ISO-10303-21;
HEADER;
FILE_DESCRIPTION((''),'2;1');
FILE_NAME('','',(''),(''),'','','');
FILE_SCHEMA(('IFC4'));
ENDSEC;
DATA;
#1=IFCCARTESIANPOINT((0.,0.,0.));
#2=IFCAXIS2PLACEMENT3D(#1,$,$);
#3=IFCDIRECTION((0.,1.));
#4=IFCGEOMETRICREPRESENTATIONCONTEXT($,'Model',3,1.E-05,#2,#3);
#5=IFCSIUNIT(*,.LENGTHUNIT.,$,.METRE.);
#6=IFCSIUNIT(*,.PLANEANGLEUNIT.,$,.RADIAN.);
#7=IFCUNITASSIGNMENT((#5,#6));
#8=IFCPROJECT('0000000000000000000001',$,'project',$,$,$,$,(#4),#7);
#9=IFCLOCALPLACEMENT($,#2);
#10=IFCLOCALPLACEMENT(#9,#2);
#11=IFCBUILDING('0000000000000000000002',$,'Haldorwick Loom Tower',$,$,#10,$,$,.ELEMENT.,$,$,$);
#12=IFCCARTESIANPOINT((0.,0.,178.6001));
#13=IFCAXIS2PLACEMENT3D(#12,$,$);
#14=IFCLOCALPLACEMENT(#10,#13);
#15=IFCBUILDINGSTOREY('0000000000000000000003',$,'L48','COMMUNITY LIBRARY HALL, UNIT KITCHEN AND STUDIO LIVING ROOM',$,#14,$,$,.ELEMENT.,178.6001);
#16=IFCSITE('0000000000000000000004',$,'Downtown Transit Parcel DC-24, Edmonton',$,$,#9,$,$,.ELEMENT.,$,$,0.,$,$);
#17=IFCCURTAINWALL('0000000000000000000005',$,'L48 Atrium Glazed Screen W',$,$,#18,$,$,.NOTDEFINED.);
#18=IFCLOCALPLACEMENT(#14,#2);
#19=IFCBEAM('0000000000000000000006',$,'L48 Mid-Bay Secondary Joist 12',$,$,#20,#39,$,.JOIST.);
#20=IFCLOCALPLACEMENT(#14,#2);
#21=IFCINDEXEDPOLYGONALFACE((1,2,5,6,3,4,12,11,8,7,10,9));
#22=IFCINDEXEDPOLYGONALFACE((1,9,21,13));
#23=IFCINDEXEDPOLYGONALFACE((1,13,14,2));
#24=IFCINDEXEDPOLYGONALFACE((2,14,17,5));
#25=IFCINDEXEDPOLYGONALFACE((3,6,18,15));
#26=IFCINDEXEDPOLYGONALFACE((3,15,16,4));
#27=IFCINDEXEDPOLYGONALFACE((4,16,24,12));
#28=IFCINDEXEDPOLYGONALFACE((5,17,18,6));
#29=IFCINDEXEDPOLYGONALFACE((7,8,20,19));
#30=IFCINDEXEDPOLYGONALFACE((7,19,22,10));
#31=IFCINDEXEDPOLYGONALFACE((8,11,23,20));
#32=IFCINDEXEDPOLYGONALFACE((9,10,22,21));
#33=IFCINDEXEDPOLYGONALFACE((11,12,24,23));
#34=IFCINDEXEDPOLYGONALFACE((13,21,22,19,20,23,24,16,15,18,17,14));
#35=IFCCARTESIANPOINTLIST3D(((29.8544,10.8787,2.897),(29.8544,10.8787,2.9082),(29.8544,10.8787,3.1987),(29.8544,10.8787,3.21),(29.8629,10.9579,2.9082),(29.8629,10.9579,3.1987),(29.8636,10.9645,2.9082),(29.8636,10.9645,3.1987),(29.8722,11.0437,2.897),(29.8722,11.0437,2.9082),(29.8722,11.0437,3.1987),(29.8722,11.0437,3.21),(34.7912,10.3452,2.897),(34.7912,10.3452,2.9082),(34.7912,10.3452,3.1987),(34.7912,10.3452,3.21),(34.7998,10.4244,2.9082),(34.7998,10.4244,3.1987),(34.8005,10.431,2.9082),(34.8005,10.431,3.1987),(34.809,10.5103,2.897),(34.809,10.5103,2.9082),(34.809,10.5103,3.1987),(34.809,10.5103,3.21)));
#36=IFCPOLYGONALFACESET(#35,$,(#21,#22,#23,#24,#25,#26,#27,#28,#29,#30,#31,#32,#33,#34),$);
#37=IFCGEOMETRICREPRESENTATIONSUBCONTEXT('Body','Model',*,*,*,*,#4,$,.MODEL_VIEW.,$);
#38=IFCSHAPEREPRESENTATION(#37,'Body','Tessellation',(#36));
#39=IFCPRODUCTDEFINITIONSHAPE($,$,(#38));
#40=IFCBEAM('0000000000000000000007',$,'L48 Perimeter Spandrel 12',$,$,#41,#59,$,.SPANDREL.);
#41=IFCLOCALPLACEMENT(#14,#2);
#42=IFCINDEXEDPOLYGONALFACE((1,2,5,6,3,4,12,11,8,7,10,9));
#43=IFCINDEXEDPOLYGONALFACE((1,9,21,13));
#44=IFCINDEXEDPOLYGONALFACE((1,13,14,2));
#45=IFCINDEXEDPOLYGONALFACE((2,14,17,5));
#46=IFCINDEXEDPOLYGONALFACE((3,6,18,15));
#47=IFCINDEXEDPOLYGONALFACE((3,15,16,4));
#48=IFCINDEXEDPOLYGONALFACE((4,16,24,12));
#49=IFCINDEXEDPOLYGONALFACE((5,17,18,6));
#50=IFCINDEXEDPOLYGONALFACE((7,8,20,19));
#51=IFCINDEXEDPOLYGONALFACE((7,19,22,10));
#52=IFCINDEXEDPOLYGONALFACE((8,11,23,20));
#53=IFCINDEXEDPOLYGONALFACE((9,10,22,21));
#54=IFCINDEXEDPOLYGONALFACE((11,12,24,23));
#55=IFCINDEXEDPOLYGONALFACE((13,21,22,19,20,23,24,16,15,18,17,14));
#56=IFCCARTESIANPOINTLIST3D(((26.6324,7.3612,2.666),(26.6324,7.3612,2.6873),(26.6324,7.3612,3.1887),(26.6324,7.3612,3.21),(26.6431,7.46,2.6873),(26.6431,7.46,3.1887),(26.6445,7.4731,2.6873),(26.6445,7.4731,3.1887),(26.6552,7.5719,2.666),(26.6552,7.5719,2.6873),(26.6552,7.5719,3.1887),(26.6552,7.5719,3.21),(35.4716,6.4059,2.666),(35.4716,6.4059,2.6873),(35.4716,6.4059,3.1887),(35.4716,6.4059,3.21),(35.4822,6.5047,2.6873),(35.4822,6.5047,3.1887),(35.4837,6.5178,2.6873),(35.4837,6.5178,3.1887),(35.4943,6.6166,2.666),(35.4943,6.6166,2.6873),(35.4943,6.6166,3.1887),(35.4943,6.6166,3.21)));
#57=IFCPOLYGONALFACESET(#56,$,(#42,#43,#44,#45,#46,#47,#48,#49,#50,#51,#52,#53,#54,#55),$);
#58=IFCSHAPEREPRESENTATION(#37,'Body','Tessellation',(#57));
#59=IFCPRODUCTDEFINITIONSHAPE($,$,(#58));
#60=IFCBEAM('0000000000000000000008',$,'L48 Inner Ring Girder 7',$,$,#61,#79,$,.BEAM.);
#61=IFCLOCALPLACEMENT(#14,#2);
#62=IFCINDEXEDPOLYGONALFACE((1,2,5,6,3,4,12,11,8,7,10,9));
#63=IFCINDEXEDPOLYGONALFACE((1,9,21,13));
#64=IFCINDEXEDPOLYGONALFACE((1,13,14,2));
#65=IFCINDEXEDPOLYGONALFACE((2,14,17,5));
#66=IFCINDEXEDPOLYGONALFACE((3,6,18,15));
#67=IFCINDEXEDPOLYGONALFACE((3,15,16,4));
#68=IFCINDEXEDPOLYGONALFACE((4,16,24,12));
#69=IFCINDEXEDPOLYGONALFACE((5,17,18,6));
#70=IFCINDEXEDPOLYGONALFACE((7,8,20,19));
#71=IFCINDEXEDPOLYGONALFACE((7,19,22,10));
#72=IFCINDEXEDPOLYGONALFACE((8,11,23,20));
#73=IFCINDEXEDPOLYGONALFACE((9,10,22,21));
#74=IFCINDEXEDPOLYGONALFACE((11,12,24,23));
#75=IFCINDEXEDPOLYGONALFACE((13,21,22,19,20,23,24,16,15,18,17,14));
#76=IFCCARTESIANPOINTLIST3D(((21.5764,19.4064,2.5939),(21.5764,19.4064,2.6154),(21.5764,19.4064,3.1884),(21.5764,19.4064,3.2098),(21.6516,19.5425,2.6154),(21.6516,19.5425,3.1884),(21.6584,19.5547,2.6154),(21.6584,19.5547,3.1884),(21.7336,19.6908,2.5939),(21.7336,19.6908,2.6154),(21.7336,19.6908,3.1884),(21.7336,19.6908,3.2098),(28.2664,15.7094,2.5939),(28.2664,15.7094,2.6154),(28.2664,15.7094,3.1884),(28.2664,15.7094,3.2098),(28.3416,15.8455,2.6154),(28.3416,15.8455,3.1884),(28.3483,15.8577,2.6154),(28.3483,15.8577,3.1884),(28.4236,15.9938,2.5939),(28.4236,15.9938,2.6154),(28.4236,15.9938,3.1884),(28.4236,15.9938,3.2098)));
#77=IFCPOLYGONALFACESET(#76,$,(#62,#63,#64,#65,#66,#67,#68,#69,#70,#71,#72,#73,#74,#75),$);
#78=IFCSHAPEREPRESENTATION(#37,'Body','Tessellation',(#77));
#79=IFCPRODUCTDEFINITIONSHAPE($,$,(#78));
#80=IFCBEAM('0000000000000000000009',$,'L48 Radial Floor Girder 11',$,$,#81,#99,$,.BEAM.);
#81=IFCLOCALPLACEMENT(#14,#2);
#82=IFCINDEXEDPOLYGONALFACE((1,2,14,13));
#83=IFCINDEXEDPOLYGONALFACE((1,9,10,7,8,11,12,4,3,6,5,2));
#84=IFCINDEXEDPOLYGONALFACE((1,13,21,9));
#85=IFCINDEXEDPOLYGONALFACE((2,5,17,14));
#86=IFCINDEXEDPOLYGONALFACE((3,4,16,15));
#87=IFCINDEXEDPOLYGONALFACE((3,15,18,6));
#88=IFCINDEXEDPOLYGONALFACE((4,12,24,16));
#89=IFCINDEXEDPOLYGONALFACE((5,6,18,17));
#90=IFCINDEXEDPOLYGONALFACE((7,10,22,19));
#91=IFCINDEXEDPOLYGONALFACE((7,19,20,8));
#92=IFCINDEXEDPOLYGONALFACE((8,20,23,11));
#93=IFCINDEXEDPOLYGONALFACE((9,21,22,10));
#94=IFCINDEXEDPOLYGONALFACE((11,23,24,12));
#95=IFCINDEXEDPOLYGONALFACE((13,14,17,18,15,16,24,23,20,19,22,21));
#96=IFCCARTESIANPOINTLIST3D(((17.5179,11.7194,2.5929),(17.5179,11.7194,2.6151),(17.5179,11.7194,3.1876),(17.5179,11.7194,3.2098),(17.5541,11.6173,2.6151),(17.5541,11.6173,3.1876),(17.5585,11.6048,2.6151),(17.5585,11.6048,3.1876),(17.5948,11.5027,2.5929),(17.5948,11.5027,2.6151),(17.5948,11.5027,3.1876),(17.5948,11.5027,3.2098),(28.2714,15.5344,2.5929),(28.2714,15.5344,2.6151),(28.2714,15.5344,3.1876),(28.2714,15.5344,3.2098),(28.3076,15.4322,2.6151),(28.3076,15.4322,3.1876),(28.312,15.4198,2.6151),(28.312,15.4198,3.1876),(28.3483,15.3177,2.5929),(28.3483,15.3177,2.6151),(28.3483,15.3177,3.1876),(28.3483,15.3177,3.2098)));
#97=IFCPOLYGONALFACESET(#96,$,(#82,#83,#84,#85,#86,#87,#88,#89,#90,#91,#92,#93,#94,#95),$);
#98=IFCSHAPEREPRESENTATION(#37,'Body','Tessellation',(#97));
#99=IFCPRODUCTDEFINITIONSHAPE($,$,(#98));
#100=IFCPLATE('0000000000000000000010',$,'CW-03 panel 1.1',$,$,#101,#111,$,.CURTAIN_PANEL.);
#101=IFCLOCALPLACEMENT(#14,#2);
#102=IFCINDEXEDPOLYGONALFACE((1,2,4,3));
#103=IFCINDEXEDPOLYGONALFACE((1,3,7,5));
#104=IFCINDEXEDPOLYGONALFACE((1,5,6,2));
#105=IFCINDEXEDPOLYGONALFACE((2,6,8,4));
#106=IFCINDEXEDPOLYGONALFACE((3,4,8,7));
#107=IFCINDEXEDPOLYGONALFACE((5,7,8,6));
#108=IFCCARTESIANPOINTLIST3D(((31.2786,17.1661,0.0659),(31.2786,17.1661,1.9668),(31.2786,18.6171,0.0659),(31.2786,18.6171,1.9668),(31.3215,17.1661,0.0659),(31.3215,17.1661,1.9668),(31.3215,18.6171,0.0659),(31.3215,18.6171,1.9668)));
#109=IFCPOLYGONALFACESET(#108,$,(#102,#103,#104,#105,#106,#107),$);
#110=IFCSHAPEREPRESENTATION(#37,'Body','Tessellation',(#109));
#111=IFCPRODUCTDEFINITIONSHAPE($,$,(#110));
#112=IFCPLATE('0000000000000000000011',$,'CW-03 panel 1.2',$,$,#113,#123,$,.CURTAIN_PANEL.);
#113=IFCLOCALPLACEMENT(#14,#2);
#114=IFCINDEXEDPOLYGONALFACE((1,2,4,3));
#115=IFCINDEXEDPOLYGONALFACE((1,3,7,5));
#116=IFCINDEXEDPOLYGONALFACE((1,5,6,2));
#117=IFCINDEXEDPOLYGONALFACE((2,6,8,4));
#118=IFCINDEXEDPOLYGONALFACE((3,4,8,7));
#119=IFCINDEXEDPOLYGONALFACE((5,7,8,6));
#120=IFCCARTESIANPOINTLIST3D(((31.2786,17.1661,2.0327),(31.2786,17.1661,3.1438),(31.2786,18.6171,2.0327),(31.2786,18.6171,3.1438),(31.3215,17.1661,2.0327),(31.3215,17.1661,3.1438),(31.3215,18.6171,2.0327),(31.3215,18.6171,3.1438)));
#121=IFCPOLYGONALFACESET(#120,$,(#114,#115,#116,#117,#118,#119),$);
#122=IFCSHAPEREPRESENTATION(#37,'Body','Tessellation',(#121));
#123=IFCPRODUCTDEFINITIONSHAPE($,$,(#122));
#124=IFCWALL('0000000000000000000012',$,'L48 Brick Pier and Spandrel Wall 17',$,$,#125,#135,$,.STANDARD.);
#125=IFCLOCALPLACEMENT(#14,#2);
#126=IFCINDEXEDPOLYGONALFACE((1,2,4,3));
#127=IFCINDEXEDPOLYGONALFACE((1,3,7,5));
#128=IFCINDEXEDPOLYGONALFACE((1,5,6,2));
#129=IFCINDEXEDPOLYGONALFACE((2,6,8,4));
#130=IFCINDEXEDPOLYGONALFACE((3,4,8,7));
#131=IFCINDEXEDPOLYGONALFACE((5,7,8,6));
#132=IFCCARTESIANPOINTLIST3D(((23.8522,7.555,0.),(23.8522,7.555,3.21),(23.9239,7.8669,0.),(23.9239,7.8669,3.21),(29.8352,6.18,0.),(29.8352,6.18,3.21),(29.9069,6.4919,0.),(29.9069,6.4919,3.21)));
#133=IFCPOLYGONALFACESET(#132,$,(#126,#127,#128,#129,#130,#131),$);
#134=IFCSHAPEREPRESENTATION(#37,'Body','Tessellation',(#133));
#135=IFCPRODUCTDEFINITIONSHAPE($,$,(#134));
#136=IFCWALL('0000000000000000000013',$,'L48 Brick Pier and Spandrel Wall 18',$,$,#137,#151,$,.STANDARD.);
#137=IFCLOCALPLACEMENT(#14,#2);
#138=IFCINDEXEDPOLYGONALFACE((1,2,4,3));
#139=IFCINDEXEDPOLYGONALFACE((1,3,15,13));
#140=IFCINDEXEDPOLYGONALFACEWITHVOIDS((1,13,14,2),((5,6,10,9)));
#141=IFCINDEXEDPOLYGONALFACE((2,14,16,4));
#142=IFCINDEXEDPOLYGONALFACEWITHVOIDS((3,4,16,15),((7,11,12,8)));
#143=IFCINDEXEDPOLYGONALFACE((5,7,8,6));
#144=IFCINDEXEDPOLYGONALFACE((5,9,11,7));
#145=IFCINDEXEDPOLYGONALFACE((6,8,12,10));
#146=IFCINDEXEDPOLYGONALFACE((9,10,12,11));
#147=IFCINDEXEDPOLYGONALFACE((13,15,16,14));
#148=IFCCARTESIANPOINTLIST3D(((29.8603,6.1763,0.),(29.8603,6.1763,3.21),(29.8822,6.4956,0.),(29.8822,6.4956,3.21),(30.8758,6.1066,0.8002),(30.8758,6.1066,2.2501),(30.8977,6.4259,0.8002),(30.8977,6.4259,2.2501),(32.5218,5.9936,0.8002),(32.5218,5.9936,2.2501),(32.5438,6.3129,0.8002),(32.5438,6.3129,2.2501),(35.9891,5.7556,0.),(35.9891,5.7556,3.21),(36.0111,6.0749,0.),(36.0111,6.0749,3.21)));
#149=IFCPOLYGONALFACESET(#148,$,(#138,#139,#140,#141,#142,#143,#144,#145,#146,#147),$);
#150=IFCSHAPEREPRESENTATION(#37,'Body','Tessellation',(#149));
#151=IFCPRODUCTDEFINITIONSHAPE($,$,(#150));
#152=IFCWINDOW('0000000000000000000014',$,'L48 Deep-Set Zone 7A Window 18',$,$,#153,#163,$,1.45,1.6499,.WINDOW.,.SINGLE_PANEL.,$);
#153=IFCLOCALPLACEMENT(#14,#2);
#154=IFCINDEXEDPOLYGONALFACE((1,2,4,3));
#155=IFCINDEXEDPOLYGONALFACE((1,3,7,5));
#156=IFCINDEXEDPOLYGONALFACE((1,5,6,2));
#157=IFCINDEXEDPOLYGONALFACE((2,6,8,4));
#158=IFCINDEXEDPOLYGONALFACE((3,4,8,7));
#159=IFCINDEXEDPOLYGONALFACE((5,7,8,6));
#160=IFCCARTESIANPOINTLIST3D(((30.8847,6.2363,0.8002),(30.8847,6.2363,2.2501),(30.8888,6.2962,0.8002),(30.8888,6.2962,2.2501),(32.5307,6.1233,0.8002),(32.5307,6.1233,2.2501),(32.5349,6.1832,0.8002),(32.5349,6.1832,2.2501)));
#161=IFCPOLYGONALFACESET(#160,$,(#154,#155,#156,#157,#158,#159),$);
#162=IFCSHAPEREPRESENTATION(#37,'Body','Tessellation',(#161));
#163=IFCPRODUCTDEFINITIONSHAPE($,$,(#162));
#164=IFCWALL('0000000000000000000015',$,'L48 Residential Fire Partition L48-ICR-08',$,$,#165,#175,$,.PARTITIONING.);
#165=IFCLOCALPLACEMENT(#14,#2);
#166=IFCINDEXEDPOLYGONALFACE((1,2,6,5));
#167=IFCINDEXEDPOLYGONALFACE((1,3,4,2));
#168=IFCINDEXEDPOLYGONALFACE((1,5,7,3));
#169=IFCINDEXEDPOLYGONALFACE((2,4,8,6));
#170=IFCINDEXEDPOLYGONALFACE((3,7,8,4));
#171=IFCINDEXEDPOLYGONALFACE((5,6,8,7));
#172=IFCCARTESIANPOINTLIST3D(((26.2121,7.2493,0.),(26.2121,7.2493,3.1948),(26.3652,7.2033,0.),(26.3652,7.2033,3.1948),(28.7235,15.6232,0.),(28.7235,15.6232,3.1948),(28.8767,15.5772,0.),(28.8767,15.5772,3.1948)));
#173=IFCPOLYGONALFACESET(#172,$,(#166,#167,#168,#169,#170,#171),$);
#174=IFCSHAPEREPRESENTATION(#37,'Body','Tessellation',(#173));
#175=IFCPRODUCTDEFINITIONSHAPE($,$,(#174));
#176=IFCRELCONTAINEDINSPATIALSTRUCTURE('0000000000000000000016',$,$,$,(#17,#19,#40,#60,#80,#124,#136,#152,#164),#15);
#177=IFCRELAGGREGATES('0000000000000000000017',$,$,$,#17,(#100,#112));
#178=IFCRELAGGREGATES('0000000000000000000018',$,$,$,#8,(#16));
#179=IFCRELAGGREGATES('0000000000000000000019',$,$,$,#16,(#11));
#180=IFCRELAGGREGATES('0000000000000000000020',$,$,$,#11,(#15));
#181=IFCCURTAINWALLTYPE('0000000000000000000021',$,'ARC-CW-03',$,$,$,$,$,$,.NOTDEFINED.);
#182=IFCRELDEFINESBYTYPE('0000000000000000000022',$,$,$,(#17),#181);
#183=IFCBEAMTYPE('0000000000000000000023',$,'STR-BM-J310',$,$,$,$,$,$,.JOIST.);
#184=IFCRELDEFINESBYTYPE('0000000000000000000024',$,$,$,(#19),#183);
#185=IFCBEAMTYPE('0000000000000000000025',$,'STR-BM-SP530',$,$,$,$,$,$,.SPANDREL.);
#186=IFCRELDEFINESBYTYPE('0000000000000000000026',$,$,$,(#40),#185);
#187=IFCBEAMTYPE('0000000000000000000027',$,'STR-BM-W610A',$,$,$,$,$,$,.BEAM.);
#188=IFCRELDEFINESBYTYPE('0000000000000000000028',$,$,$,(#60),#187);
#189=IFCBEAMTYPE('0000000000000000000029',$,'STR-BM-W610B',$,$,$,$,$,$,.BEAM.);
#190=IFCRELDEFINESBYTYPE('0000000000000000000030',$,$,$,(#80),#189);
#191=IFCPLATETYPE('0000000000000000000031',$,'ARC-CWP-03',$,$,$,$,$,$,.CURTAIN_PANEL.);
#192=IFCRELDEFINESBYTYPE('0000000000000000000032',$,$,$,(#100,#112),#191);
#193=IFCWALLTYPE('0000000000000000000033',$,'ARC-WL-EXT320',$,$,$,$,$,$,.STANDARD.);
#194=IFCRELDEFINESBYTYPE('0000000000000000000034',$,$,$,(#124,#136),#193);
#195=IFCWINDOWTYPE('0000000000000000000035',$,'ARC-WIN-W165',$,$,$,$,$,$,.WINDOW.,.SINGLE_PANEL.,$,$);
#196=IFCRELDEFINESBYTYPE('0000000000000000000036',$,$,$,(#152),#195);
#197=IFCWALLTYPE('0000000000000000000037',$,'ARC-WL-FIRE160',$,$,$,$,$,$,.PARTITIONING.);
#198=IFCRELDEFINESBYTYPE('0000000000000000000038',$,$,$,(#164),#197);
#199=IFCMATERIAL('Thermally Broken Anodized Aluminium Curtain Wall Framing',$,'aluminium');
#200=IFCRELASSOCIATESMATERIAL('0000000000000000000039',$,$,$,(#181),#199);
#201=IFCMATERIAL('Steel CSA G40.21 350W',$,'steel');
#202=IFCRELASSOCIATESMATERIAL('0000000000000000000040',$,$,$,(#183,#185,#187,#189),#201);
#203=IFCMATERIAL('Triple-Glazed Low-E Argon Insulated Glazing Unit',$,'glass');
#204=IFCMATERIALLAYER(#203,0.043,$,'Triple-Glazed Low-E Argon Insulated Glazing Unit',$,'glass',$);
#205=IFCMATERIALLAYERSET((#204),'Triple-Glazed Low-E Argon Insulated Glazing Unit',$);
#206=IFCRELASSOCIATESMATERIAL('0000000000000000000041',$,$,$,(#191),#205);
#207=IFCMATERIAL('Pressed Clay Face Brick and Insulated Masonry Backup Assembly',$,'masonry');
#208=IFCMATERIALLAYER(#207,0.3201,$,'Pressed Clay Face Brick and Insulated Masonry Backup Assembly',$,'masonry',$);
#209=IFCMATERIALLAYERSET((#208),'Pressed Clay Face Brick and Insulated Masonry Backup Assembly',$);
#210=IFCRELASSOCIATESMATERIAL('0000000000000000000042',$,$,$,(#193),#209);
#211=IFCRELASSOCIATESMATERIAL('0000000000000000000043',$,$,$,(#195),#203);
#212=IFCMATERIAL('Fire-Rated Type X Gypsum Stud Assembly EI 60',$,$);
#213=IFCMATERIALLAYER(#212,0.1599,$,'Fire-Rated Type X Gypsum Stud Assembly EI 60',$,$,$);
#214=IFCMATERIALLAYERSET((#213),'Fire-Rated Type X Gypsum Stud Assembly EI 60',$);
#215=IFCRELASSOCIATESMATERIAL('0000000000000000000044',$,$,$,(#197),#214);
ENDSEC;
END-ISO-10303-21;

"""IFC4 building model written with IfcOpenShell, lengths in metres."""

from ifc_helpers import new_model, si_unit, direction, frame, frame_2d, origin, origin_2d, place, context, subcontext, project, spatial, rectangle, i_section, extrude, material, layer, layer_set, material_profile, profile_set, type_object, element, fill, aggregate, save


model = new_model("IFC4")

# Units and contexts
model_context = context("Model", 3, precision=1e-05, world=origin(), true_north=direction((0.0, 1.0)))
body_context = subcontext(model_context, "Body", "Model", "MODEL_VIEW")
ifc_project = project(units=[si_unit("LENGTHUNIT", "METRE"), si_unit("PLANEANGLEUNIT", "RADIAN")], contexts=[model_context])

# Site, building, storey
site_placement = place(None, origin())
site = spatial("IfcSite", under=ifc_project, at=site_placement, Name="Downtown Transit Parcel DC-24, Edmonton", CompositionType="ELEMENT", RefElevation=0.0)
building_placement = place(site_placement, origin())
building = spatial("IfcBuilding", under=site, at=building_placement, Name="Haldorwick Loom Tower", CompositionType="ELEMENT")
storey_placement = place(building_placement, frame((0.0, 0.0, 178.6001)))
storey = spatial("IfcBuildingStorey", under=building, at=storey_placement, Name="L48", Description="COMMUNITY LIBRARY HALL, UNIT KITCHEN AND STUDIO LIVING ROOM", CompositionType="ELEMENT", Elevation=178.6001)

# Curtain wall
ifc_material_1 = material(Name="Thermally Broken Anodized Aluminium Curtain Wall Framing", Category="aluminium")
curtain_wall_type = type_object("IfcCurtainWallType", Name="ARC-CW-03", PredefinedType="NOTDEFINED", material=ifc_material_1)
curtain_wall_placement = place(storey_placement, origin())
curtain_wall = element("IfcCurtainWall", 1, at=curtain_wall_placement, inside=storey, type_object=curtain_wall_type, Name="L48 Atrium Glazed Screen W", PredefinedType="NOTDEFINED")

# Beams
ifc_material_2 = material(Name="Steel CSA G40.21 350W", Category="steel")
ifc_material_profile_1 = material_profile(ifc_material_2, i_section(OverallWidth=0.166, OverallDepth=0.313, WebThickness=0.0066, FlangeThickness=0.0112, at=origin_2d()), Name="W310X45", Category="steel")
ifc_profile_set_1 = profile_set([ifc_material_profile_1], Name="Steel CSA G40.21 350W")
beam_type_1 = type_object("IfcBeamType", Name="STR-BM-J310", PredefinedType="JOIST", material=ifc_profile_set_1)
beam_1_placement = place(storey_placement, frame((29.8633, 10.9612, 3.0535), z_axis=(0.994213, -0.107431, 0.0), x_axis=(0.107431, 0.994213, 0.0)))
element("IfcBeam", 2, at=beam_1_placement, inside=storey, type_object=beam_type_1, Name="L48 Mid-Bay Secondary Joist 12", PredefinedType="JOIST", context=body_context, shape_type="SweptSolid", body=[
    extrude(i_section(OverallWidth=0.166, OverallDepth=0.313, WebThickness=0.0066, FlangeThickness=0.0112, at=origin_2d()), origin(), (0.0, 0.0, 1.0), 4.9656),
])
ifc_material_profile_2 = material_profile(ifc_material_2, i_section(OverallWidth=0.2119, OverallDepth=0.5439, WebThickness=0.0132, FlangeThickness=0.0212, at=origin_2d()), Name="W530X123", Category="steel")
ifc_profile_set_2 = profile_set([ifc_material_profile_2], Name="Steel CSA G40.21 350W")
beam_type_2 = type_object("IfcBeamType", Name="STR-BM-SP530", PredefinedType="SPANDREL", material=ifc_profile_set_2)
beam_2_placement = place(storey_placement, frame((26.6438, 7.4666, 2.938), z_axis=(0.99421, -0.107453, 0.0), x_axis=(0.107453, 0.99421, 0.0)))
element("IfcBeam", 3, at=beam_2_placement, inside=storey, type_object=beam_type_2, Name="L48 Perimeter Spandrel 12", PredefinedType="SPANDREL", context=body_context, shape_type="SweptSolid", body=[
    extrude(i_section(OverallWidth=0.2119, OverallDepth=0.5439, WebThickness=0.0132, FlangeThickness=0.0212, at=origin_2d()), origin(), (0.0, 0.0, 1.0), 8.8906),
])
ifc_material_profile_3 = material_profile(ifc_material_2, i_section(OverallWidth=0.325, OverallDepth=0.616, WebThickness=0.0139, FlangeThickness=0.0215, at=origin_2d()), Name="W610X174", Category="steel")
ifc_profile_set_3 = profile_set([ifc_material_profile_3], Name="Steel CSA G40.21 350W")
beam_type_3 = type_object("IfcBeamType", Name="STR-BM-W610A", PredefinedType="BEAM", material=ifc_profile_set_3)
beam_3_placement = place(storey_placement, frame((28.345, 15.8516, 2.9019), z_axis=(-0.875244, 0.483681, 0.0), x_axis=(-0.483681, -0.875244, 0.0)))
element("IfcBeam", 4, at=beam_3_placement, inside=storey, type_object=beam_type_3, Name="L48 Inner Ring Girder 7", PredefinedType="BEAM", context=body_context, shape_type="SweptSolid", body=[
    extrude(i_section(OverallWidth=0.325, OverallDepth=0.616, WebThickness=0.0139, FlangeThickness=0.0215, at=origin_2d()), origin(), (0.0, 0.0, 1.0), 7.6436),
])
ifc_material_profile_4 = material_profile(ifc_material_2, i_section(OverallWidth=0.23, OverallDepth=0.6169, WebThickness=0.0132, FlangeThickness=0.0222, at=origin_2d()), Name="W610X140", Category="steel")
ifc_profile_set_4 = profile_set([ifc_material_profile_4], Name="Steel CSA G40.21 350W")
beam_type_4 = type_object("IfcBeamType", Name="STR-BM-W610B", PredefinedType="BEAM", material=ifc_profile_set_4)
beam_4_placement = place(storey_placement, frame((28.3098, 15.426, 2.9014), z_axis=(-0.942449, -0.334349, 0.0), x_axis=(0.334349, -0.942449, 0.0)))
element("IfcBeam", 5, at=beam_4_placement, inside=storey, type_object=beam_type_4, Name="L48 Radial Floor Girder 11", PredefinedType="BEAM", context=body_context, shape_type="SweptSolid", body=[
    extrude(i_section(OverallWidth=0.23, OverallDepth=0.6169, WebThickness=0.0132, FlangeThickness=0.0222, at=origin_2d()), origin(), (0.0, 0.0, 1.0), 11.4102),
])

# Plates
ifc_material_3 = material(Name="Triple-Glazed Low-E Argon Insulated Glazing Unit", Category="glass")
ifc_layer_1 = layer(ifc_material_3, 0.043, Name="Triple-Glazed Low-E Argon Insulated Glazing Unit", Category="glass")
ifc_layer_set_1 = layer_set([ifc_layer_1], Name="Triple-Glazed Low-E Argon Insulated Glazing Unit")
plate_type = type_object("IfcPlateType", Name="ARC-CWP-03", PredefinedType="CURTAIN_PANEL", material=ifc_layer_set_1)
plate_1_placement = place(storey_placement, frame((31.3, 17.8916, 0.0659), z_axis=(0.0, 0.0, 1.0), x_axis=(0.0, 1.0, 0.0)))
plate_1 = element("IfcPlate", 6, at=plate_1_placement, type_object=plate_type, Name="CW-03 panel 1.1", PredefinedType="CURTAIN_PANEL", context=body_context, shape_type="SweptSolid", body=[
    extrude(rectangle(XDim=1.4509, YDim=0.043, at=origin_2d()), origin(), (0.0, 0.0, 1.0), 1.9009),
])
plate_2_placement = place(storey_placement, frame((31.3, 17.8916, 2.0327), z_axis=(0.0, 0.0, 1.0), x_axis=(0.0, 1.0, 0.0)))
plate_2 = element("IfcPlate", 7, at=plate_2_placement, type_object=plate_type, Name="CW-03 panel 1.2", PredefinedType="CURTAIN_PANEL", context=body_context, shape_type="SweptSolid", body=[
    extrude(rectangle(XDim=1.4509, YDim=0.043, at=origin_2d()), origin(), (0.0, 0.0, 1.0), 1.1111),
])
aggregate(curtain_wall, [plate_1, plate_2])

# Wall
ifc_material_4 = material(Name="Pressed Clay Face Brick and Insulated Masonry Backup Assembly", Category="masonry")
ifc_layer_2 = layer(ifc_material_4, 0.3201, Name="Pressed Clay Face Brick and Insulated Masonry Backup Assembly", Category="masonry")
ifc_layer_set_2 = layer_set([ifc_layer_2], Name="Pressed Clay Face Brick and Insulated Masonry Backup Assembly")
wall_type_1 = type_object("IfcWallType", Name="ARC-WL-EXT320", PredefinedType="STANDARD", material=ifc_layer_set_2)
wall_1_placement = place(storey_placement, frame((23.8882, 7.7109, 0.0), z_axis=(0.0, 0.0, 1.0), x_axis=(0.974593, -0.223982, 0.0)))
element("IfcWall", 8, at=wall_1_placement, inside=storey, type_object=wall_type_1, Name="L48 Brick Pier and Spandrel Wall 17", PredefinedType="STANDARD", context=body_context, shape_type="SweptSolid", body=[
    extrude(rectangle(XDim=6.1389, YDim=0.3201, at=frame_2d((3.0693, 0.0))), origin(), (0.0, 0.0, 1.0), 3.21),
])

# Wall, opening, window
wall_2_placement = place(storey_placement, frame((29.8711, 6.3359, 0.0), z_axis=(0.0, 0.0, 1.0), x_axis=(0.997653, -0.068473, 0.0)))
wall_2 = element("IfcWall", 9, at=wall_2_placement, inside=storey, type_object=wall_type_1, Name="L48 Brick Pier and Spandrel Wall 18", PredefinedType="STANDARD", context=body_context, shape_type="SweptSolid", body=[
    extrude(rectangle(XDim=6.1433, YDim=0.3201, at=frame_2d((3.0718, 0.0))), origin(), (0.0, 0.0, 1.0), 3.21),
])
opening_placement = place(wall_2_placement, frame((1.0181, 0.0, 0.8)))
opening = element("IfcOpeningElement", 10, at=opening_placement, cuts=wall_2, PredefinedType="OPENING", context=body_context, shape_type="SweptSolid", body=[
    extrude(rectangle(XDim=1.6499, YDim=1.45, at=frame_2d((0.825, 0.7251))), frame((0.0, 0.1699, 0.0), z_axis=(0.0, -1.0, 0.0), x_axis=(1.0, 0.0, 0.0)), (0.0, 0.0, 1.0), 0.3401),
])
window_type = type_object("IfcWindowType", Name="ARC-WIN-W165", PartitioningType="SINGLE_PANEL", PredefinedType="WINDOW", material=ifc_material_3)
window_placement = place(opening_placement, origin())
window = element("IfcWindow", 11, at=window_placement, inside=storey, type_object=window_type, Name="L48 Deep-Set Zone 7A Window 18", OverallHeight=1.45, OverallWidth=1.6499, PartitioningType="SINGLE_PANEL", PredefinedType="WINDOW", context=body_context, shape_type="SweptSolid", body=[
    extrude(rectangle(XDim=1.6499, YDim=1.45, at=frame_2d((0.825, 0.7251))), frame((0.0, 0.03, 0.0), z_axis=(0.0, -1.0, 0.0), x_axis=(1.0, 0.0, 0.0)), (0.0, 0.0, 1.0), 0.0601),
])
fill(opening, window)

# Wall
ifc_material_5 = material(Name="Fire-Rated Type X Gypsum Stud Assembly EI 60")
ifc_layer_3 = layer(ifc_material_5, 0.1599, Name="Fire-Rated Type X Gypsum Stud Assembly EI 60")
ifc_layer_set_3 = layer_set([ifc_layer_3], Name="Fire-Rated Type X Gypsum Stud Assembly EI 60")
wall_type_2 = type_object("IfcWallType", Name="ARC-WL-FIRE160", PredefinedType="PARTITIONING", material=ifc_layer_set_3)
wall_3_placement = place(storey_placement, frame((28.8, 15.6001, 0.0), z_axis=(0.0, 0.0, 1.0), x_axis=(-0.287271, -0.957849, 0.0)))
element("IfcWall", 12, at=wall_3_placement, inside=storey, type_object=wall_type_2, Name="L48 Residential Fire Partition L48-ICR-08", PredefinedType="PARTITIONING", context=body_context, shape_type="SweptSolid", body=[
    extrude(rectangle(XDim=8.7424, YDim=0.1599, at=frame_2d((4.3711, 0.0))), origin(), (0.0, 0.0, 1.0), 3.1948),
])

save(model, "model.ifc")
